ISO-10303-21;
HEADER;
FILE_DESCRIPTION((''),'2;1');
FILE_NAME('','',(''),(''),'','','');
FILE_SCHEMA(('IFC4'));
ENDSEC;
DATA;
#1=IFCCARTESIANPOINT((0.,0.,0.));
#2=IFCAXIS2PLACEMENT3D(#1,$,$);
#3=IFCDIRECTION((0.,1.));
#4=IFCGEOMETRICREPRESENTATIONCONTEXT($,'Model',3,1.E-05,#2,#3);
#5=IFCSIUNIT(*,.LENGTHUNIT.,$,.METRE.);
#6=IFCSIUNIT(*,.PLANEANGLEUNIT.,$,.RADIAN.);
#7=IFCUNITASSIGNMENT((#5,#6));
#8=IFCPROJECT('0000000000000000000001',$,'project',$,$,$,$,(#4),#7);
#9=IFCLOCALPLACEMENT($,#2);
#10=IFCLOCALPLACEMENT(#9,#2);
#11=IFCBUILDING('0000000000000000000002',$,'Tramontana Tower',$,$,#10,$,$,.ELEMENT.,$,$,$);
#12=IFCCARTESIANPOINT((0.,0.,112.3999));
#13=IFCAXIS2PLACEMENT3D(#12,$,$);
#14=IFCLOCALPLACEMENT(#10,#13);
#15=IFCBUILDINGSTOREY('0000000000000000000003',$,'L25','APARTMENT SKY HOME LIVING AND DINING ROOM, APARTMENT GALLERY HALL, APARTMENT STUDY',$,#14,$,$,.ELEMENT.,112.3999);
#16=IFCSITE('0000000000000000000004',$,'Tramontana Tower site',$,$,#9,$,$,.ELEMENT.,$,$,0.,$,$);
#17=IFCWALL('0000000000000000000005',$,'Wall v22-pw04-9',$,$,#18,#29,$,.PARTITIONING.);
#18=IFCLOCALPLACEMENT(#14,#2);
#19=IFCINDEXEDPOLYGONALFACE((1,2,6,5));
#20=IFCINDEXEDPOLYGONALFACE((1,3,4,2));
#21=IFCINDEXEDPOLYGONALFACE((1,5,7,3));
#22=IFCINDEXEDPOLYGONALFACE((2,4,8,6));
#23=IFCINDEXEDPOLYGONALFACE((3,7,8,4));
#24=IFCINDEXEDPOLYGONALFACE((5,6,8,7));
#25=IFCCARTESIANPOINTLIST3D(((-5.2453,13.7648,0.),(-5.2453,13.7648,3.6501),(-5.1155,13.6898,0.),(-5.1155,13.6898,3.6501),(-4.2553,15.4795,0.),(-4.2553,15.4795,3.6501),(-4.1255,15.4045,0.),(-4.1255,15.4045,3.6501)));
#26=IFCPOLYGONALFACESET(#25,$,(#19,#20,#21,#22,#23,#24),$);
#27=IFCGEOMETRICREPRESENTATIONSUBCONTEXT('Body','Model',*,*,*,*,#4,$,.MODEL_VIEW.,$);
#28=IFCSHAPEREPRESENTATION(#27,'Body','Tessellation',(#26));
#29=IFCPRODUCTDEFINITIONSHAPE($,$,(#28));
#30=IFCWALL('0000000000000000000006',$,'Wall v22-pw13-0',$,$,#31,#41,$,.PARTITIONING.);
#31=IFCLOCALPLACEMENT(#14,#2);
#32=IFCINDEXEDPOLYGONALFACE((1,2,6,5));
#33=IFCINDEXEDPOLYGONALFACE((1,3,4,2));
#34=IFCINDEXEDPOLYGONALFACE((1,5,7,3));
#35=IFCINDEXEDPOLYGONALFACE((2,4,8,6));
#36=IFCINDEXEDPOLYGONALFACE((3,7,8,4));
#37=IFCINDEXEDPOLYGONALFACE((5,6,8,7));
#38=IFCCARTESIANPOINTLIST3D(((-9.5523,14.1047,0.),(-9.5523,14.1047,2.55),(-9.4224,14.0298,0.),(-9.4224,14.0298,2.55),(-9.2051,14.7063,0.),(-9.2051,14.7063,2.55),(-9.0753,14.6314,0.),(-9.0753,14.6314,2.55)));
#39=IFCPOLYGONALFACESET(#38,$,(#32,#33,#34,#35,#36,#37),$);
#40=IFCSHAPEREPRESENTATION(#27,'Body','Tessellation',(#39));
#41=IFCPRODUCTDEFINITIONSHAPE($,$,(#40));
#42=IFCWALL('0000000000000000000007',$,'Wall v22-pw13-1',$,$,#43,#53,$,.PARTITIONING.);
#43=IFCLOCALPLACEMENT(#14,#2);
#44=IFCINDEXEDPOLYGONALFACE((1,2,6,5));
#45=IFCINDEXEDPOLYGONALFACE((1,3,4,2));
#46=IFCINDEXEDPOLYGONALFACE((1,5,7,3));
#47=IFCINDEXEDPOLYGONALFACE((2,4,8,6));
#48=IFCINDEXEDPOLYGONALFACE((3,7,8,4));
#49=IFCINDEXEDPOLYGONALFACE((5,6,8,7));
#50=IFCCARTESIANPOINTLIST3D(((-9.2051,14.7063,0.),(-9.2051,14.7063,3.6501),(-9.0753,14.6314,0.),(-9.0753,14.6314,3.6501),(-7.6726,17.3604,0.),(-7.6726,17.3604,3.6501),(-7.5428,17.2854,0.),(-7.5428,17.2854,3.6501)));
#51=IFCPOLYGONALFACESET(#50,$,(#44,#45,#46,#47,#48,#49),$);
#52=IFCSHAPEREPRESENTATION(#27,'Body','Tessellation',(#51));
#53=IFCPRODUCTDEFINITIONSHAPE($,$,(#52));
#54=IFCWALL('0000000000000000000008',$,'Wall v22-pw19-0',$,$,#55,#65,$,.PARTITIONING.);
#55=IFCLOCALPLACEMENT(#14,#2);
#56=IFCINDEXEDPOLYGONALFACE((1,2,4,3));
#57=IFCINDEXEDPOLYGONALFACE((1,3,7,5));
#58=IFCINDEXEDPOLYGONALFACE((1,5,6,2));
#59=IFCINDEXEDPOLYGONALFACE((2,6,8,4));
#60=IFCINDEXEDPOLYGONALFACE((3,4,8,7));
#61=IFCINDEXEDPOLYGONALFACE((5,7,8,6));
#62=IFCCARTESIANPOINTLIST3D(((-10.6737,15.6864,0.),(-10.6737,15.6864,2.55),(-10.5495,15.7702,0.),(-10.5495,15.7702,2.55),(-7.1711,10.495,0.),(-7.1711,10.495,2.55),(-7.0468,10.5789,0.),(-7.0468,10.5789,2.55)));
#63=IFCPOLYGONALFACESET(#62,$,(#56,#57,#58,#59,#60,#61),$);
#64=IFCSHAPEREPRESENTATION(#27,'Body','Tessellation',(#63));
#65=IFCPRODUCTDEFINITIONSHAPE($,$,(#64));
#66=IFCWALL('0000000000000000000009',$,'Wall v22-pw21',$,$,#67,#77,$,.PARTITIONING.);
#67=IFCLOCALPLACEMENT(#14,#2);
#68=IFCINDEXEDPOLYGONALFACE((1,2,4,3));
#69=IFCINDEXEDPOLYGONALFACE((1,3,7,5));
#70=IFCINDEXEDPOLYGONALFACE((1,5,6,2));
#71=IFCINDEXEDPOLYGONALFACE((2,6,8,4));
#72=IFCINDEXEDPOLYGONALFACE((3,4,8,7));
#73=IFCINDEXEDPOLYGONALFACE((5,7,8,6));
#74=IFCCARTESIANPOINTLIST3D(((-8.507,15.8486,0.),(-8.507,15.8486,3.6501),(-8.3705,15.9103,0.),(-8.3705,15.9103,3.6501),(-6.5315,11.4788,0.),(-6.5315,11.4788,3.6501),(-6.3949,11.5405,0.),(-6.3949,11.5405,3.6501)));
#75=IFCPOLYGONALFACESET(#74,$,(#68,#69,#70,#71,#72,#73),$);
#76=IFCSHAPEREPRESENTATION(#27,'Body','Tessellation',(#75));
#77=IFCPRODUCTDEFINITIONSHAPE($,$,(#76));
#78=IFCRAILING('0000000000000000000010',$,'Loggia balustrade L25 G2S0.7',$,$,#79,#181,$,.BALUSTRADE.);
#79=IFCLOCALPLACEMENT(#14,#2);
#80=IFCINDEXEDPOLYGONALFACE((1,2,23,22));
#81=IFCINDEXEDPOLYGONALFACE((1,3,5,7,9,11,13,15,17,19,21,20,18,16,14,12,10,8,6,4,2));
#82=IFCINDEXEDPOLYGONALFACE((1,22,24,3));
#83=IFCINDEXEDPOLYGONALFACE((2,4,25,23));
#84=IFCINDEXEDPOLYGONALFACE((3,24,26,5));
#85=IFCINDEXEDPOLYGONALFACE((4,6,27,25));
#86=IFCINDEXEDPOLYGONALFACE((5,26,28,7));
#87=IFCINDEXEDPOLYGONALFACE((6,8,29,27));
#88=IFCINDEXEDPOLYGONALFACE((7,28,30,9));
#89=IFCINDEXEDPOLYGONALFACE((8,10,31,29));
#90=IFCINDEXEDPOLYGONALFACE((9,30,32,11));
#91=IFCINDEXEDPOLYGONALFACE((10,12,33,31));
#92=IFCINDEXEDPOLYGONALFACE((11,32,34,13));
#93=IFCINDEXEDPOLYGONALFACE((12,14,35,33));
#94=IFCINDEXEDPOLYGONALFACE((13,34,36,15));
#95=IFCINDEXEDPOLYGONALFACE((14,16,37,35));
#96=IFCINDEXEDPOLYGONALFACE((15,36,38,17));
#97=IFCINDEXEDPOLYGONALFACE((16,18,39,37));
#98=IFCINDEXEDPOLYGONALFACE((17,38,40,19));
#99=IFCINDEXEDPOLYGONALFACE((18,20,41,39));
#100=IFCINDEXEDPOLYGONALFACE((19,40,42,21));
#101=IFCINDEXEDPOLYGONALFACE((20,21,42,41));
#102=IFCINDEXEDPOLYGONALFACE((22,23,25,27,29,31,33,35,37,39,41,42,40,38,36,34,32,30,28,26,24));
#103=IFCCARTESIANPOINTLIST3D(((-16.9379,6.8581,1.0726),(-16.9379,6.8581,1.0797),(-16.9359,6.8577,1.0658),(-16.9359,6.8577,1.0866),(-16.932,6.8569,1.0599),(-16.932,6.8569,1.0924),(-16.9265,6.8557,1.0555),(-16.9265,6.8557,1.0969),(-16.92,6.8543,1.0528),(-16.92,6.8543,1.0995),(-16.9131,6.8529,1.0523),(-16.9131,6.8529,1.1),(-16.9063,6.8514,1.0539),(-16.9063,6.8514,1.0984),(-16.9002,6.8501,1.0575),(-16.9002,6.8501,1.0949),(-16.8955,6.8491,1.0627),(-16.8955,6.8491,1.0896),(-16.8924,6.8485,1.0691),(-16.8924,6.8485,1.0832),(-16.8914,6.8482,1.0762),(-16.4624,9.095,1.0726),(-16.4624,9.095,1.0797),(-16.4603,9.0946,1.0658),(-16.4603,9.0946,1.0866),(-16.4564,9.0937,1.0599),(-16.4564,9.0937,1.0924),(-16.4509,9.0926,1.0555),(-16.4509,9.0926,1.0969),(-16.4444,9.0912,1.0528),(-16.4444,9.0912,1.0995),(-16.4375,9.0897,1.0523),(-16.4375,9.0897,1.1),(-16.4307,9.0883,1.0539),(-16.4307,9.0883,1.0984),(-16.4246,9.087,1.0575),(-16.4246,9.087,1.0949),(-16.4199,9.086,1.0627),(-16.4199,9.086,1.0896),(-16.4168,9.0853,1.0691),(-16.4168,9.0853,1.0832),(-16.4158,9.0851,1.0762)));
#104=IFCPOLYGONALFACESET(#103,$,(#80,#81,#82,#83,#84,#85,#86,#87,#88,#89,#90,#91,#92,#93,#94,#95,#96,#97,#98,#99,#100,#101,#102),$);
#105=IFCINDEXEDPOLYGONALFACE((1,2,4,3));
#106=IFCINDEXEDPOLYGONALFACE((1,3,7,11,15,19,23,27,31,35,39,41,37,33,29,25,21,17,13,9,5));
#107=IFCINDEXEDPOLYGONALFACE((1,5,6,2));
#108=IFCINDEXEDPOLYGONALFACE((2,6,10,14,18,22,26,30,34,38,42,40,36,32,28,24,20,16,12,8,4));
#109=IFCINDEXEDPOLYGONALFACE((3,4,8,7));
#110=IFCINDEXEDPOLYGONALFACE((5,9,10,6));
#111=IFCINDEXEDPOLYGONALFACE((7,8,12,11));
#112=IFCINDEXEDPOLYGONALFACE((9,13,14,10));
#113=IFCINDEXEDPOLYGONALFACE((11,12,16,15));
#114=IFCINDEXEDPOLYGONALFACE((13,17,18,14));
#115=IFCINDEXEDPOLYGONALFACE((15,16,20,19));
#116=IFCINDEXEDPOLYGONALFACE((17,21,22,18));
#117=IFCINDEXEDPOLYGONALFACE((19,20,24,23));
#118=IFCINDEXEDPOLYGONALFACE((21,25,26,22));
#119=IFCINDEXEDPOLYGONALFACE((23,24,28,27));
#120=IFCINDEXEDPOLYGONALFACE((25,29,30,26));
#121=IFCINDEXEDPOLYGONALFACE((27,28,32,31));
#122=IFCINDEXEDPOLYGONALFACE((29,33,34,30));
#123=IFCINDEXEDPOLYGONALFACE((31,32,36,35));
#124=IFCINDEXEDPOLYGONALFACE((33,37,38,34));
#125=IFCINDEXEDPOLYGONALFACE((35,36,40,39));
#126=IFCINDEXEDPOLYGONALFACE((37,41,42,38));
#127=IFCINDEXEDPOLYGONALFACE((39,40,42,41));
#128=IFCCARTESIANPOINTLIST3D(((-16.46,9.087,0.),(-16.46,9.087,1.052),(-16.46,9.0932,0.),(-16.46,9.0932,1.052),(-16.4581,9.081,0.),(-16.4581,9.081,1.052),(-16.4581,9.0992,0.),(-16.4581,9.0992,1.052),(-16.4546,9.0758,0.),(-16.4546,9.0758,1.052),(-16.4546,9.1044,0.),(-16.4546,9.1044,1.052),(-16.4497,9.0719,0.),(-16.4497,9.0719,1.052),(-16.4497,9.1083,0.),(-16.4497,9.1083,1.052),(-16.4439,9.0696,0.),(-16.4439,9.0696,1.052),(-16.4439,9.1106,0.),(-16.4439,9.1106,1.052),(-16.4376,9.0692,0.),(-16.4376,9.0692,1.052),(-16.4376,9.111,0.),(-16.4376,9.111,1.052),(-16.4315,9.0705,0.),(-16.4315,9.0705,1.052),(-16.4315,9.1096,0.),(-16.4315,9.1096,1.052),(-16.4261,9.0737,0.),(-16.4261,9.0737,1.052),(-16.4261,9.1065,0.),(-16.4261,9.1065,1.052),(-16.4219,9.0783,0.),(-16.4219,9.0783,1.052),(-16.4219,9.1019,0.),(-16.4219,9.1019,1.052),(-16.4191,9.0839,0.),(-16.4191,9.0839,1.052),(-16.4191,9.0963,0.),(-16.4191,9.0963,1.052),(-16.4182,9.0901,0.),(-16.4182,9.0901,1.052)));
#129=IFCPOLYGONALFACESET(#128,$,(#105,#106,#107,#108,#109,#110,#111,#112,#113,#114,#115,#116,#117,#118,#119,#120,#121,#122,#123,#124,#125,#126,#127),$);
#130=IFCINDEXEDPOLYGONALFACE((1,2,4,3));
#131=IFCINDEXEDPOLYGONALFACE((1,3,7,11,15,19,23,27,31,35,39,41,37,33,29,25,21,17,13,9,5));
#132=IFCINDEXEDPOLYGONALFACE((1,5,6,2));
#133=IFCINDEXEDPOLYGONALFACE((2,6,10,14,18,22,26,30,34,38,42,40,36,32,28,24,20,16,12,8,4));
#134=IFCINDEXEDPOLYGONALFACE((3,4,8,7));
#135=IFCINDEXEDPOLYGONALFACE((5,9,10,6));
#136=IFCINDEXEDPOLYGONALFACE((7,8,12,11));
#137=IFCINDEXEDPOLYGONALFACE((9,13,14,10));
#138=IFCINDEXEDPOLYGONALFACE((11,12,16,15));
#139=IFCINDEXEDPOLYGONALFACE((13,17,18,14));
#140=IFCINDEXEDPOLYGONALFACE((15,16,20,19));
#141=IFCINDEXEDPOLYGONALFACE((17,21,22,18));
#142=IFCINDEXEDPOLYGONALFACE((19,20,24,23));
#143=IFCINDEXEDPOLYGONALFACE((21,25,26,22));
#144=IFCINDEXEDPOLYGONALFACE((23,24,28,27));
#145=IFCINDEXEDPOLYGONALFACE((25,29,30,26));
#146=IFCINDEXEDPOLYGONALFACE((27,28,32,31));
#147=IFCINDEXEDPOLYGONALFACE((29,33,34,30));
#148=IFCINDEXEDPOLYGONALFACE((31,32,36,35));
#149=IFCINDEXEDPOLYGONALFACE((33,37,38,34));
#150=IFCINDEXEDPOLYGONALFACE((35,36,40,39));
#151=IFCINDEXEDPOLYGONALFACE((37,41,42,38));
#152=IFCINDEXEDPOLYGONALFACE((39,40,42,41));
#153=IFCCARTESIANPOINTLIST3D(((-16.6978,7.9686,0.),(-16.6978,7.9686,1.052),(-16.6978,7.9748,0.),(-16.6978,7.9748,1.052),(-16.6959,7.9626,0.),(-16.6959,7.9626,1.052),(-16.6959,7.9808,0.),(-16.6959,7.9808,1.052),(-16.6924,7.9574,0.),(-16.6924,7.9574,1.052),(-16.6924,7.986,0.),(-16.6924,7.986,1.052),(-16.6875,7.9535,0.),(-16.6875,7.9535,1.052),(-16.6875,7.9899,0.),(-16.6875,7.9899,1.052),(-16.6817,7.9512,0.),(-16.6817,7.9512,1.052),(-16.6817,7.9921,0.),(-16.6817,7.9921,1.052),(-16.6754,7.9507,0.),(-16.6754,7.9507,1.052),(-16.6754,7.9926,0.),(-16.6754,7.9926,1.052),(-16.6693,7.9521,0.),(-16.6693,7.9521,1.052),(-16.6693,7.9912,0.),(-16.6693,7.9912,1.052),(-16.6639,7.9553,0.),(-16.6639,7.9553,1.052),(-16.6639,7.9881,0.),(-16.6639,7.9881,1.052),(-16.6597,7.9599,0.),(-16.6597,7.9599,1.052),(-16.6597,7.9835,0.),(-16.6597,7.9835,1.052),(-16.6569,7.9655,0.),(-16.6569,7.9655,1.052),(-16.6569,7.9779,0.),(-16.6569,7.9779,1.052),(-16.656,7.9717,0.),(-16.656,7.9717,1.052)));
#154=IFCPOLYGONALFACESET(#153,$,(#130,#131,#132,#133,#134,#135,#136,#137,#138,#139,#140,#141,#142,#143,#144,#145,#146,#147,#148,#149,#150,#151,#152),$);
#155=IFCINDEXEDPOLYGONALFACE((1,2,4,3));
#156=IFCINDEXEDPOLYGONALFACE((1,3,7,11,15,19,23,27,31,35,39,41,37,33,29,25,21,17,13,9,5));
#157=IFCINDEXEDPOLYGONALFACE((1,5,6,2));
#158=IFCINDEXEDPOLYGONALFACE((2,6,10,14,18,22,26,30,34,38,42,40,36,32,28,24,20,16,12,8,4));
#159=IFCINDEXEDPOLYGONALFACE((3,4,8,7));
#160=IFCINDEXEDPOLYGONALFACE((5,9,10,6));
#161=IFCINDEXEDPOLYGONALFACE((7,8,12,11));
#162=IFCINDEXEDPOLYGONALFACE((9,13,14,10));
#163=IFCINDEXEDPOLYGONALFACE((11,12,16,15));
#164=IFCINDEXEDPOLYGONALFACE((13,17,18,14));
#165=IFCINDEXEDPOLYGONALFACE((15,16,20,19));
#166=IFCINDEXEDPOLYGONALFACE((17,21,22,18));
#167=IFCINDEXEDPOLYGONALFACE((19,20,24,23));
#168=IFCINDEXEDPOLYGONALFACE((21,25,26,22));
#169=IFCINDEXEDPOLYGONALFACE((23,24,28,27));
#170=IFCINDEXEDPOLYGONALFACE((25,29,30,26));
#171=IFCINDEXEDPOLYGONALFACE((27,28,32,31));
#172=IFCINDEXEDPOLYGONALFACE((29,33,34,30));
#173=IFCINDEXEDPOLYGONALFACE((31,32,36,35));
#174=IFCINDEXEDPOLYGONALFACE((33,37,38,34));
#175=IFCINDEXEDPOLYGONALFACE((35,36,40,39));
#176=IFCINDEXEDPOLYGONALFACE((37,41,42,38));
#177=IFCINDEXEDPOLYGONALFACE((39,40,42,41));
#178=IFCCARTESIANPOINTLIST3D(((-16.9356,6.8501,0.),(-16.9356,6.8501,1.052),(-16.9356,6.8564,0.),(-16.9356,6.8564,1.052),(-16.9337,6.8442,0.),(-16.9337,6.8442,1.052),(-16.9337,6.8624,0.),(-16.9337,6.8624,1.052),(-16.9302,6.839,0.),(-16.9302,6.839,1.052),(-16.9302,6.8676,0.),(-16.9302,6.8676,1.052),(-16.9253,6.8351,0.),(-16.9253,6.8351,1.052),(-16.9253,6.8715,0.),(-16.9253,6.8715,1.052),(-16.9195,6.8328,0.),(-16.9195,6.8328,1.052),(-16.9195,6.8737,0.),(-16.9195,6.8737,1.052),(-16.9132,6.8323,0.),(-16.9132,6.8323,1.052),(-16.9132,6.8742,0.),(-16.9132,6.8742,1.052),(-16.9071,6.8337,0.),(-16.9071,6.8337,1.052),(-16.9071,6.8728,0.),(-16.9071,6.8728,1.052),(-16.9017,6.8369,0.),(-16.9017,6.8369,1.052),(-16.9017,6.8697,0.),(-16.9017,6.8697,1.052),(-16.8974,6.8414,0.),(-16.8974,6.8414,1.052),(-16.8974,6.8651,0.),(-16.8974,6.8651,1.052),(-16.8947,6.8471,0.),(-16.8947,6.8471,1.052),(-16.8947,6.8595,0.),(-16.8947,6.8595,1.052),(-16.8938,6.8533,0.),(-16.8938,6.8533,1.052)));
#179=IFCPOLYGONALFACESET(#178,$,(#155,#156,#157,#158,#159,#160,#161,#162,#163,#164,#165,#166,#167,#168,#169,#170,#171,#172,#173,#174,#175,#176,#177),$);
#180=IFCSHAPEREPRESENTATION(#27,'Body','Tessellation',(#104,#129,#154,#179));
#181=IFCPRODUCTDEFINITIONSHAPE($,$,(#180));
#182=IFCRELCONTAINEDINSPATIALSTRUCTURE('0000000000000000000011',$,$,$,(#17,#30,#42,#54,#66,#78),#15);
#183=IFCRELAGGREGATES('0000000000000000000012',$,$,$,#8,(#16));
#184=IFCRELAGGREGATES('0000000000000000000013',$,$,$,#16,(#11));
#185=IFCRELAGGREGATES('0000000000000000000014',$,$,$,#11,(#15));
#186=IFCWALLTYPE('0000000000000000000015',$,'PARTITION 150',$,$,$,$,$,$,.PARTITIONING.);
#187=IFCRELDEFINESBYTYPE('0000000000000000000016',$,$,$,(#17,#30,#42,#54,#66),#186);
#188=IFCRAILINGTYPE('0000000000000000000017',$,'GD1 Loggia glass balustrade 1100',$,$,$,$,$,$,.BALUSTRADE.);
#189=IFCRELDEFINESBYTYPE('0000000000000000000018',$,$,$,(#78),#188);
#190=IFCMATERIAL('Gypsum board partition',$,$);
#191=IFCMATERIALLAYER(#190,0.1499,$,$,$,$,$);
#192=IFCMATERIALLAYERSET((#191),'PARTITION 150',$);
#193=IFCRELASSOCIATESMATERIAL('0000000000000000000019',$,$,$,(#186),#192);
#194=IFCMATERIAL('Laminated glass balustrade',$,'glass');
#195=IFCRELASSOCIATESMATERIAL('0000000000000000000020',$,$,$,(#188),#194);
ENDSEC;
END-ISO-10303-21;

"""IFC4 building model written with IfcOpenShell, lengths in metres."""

from ifc_helpers import new_model, si_unit, direction, frame, frame_2d, origin, origin_2d, place, context, subcontext, project, spatial, rectangle, circle, extrude, material, layer, layer_set, type_object, element, save


model = new_model("IFC4")

# Units and contexts
model_context = context("Model", 3, precision=1e-05, world=origin(), true_north=direction((0.0, 1.0)))
body_context = subcontext(model_context, "Body", "Model", "MODEL_VIEW")
ifc_project = project(units=[si_unit("LENGTHUNIT", "METRE"), si_unit("PLANEANGLEUNIT", "RADIAN")], contexts=[model_context])

# Site, building, storey
site_placement = place(None, origin())
site = spatial("IfcSite", under=ifc_project, at=site_placement, Name="Tramontana Tower site", CompositionType="ELEMENT", RefElevation=0.0)
building_placement = place(site_placement, origin())
building = spatial("IfcBuilding", under=site, at=building_placement, Name="Tramontana Tower", CompositionType="ELEMENT")
storey_placement = place(building_placement, frame((0.0, 0.0, 112.3999)))
storey = spatial("IfcBuildingStorey", under=building, at=storey_placement, Name="L25", Description="APARTMENT SKY HOME LIVING AND DINING ROOM, APARTMENT GALLERY HALL, APARTMENT STUDY", CompositionType="ELEMENT", Elevation=112.3999)

# Shared definitions
ifc_material_1 = material(Name="Gypsum board partition")
ifc_layer_1 = layer(ifc_material_1, 0.1499)
ifc_layer_set_1 = layer_set([ifc_layer_1], Name="PARTITION 150")
wall_type_1 = type_object("IfcWallType", Name="PARTITION 150", PredefinedType="PARTITIONING", material=ifc_layer_set_1)

# Walls
wall_1_placement = place(storey_placement, frame((-5.1804, 13.7273, 0.0), z_axis=(0.0, 0.0, 1.0), x_axis=(0.500025, 0.866011, 0.0)))
element("IfcWall", 1, at=wall_1_placement, inside=storey, type_object=wall_type_1, Name="Wall v22-pw04-9", PredefinedType="PARTITIONING", context=body_context, shape_type="SweptSolid", body=[
    extrude(rectangle(XDim=1.98, YDim=0.1499, at=frame_2d((0.99, 0.0))), origin(), (0.0, 0.0, 1.0), 3.6501),
])
wall_2_placement = place(storey_placement, frame((-9.4873, 14.0674, 0.0), z_axis=(0.0, 0.0, 1.0), x_axis=(0.499844, 0.866115, 0.0)))
element("IfcWall", 2, at=wall_2_placement, inside=storey, type_object=wall_type_1, Name="Wall v22-pw13-0", PredefinedType="PARTITIONING", context=body_context, shape_type="SweptSolid", body=[
    extrude(rectangle(XDim=0.6946, YDim=0.1499, at=frame_2d((0.3472, 0.0))), origin(), (0.0, 0.0, 1.0), 2.55),
])
wall_3_placement = place(storey_placement, frame((-9.1401, 14.6689, 0.0), z_axis=(0.0, 0.0, 1.0), x_axis=(0.500037, 0.866004, 0.0)))
element("IfcWall", 3, at=wall_3_placement, inside=storey, type_object=wall_type_1, Name="Wall v22-pw13-1", PredefinedType="PARTITIONING", context=body_context, shape_type="SweptSolid", body=[
    extrude(rectangle(XDim=3.0647, YDim=0.1499, at=frame_2d((1.5322, 0.0))), origin(), (0.0, 0.0, 1.0), 3.6501),
])
wall_4_placement = place(storey_placement, frame((-7.1089, 10.5369, 0.0), z_axis=(0.0, 0.0, 1.0), x_axis=(-0.559307, 0.828961, 0.0)))
element("IfcWall", 4, at=wall_4_placement, inside=storey, type_object=wall_type_1, Name="Wall v22-pw19-0", PredefinedType="PARTITIONING", context=body_context, shape_type="SweptSolid", body=[
    extrude(rectangle(XDim=6.2625, YDim=0.1499, at=frame_2d((3.1313, 0.0))), origin(), (0.0, 0.0, 1.0), 2.55),
])
wall_5_placement = place(storey_placement, frame((-6.4631, 11.5095, 0.0), z_axis=(0.0, 0.0, 1.0), x_axis=(-0.41195, 0.911207, 0.0)))
element("IfcWall", 5, at=wall_5_placement, inside=storey, type_object=wall_type_1, Name="Wall v22-pw21", PredefinedType="PARTITIONING", context=body_context, shape_type="SweptSolid", body=[
    extrude(rectangle(XDim=4.7957, YDim=0.1499, at=frame_2d((2.3979, 0.0))), origin(), (0.0, 0.0, 1.0), 3.6501),
])

# Railing
ifc_material_2 = material(Name="Laminated glass balustrade", Category="glass")
railing_type_1 = type_object("IfcRailingType", Name="GD1 Loggia glass balustrade 1100", PredefinedType="BALUSTRADE", material=ifc_material_2)
railing_1_placement = place(storey_placement, frame((-16.4392, 9.0901, 0.0)))
element("IfcRailing", 6, at=railing_1_placement, inside=storey, type_object=railing_type_1, Name="Loggia balustrade L25 G2S0.7", PredefinedType="BALUSTRADE", context=body_context, shape_type="SweptSolid", body=[
    extrude(circle(Radius=0.0239, at=origin_2d()), frame((0.0, 0.0, 1.0762), z_axis=(-0.207969, -0.978136, 0.0), x_axis=(0.978136, -0.207969, 0.0)), (0.0, 0.0, 1.0), 2.2869),
    extrude(circle(Radius=0.021, at=origin_2d()), origin(), (0.0, 0.0, 1.0), 1.052),
    extrude(circle(Radius=0.021, at=origin_2d()), frame((-0.2378, -1.1184, 0.0)), (0.0, 0.0, 1.0), 1.052),
    extrude(circle(Radius=0.021, at=origin_2d()), frame((-0.4756, -2.2368, 0.0)), (0.0, 0.0, 1.0), 1.052),
])

save(model, "model.ifc")
